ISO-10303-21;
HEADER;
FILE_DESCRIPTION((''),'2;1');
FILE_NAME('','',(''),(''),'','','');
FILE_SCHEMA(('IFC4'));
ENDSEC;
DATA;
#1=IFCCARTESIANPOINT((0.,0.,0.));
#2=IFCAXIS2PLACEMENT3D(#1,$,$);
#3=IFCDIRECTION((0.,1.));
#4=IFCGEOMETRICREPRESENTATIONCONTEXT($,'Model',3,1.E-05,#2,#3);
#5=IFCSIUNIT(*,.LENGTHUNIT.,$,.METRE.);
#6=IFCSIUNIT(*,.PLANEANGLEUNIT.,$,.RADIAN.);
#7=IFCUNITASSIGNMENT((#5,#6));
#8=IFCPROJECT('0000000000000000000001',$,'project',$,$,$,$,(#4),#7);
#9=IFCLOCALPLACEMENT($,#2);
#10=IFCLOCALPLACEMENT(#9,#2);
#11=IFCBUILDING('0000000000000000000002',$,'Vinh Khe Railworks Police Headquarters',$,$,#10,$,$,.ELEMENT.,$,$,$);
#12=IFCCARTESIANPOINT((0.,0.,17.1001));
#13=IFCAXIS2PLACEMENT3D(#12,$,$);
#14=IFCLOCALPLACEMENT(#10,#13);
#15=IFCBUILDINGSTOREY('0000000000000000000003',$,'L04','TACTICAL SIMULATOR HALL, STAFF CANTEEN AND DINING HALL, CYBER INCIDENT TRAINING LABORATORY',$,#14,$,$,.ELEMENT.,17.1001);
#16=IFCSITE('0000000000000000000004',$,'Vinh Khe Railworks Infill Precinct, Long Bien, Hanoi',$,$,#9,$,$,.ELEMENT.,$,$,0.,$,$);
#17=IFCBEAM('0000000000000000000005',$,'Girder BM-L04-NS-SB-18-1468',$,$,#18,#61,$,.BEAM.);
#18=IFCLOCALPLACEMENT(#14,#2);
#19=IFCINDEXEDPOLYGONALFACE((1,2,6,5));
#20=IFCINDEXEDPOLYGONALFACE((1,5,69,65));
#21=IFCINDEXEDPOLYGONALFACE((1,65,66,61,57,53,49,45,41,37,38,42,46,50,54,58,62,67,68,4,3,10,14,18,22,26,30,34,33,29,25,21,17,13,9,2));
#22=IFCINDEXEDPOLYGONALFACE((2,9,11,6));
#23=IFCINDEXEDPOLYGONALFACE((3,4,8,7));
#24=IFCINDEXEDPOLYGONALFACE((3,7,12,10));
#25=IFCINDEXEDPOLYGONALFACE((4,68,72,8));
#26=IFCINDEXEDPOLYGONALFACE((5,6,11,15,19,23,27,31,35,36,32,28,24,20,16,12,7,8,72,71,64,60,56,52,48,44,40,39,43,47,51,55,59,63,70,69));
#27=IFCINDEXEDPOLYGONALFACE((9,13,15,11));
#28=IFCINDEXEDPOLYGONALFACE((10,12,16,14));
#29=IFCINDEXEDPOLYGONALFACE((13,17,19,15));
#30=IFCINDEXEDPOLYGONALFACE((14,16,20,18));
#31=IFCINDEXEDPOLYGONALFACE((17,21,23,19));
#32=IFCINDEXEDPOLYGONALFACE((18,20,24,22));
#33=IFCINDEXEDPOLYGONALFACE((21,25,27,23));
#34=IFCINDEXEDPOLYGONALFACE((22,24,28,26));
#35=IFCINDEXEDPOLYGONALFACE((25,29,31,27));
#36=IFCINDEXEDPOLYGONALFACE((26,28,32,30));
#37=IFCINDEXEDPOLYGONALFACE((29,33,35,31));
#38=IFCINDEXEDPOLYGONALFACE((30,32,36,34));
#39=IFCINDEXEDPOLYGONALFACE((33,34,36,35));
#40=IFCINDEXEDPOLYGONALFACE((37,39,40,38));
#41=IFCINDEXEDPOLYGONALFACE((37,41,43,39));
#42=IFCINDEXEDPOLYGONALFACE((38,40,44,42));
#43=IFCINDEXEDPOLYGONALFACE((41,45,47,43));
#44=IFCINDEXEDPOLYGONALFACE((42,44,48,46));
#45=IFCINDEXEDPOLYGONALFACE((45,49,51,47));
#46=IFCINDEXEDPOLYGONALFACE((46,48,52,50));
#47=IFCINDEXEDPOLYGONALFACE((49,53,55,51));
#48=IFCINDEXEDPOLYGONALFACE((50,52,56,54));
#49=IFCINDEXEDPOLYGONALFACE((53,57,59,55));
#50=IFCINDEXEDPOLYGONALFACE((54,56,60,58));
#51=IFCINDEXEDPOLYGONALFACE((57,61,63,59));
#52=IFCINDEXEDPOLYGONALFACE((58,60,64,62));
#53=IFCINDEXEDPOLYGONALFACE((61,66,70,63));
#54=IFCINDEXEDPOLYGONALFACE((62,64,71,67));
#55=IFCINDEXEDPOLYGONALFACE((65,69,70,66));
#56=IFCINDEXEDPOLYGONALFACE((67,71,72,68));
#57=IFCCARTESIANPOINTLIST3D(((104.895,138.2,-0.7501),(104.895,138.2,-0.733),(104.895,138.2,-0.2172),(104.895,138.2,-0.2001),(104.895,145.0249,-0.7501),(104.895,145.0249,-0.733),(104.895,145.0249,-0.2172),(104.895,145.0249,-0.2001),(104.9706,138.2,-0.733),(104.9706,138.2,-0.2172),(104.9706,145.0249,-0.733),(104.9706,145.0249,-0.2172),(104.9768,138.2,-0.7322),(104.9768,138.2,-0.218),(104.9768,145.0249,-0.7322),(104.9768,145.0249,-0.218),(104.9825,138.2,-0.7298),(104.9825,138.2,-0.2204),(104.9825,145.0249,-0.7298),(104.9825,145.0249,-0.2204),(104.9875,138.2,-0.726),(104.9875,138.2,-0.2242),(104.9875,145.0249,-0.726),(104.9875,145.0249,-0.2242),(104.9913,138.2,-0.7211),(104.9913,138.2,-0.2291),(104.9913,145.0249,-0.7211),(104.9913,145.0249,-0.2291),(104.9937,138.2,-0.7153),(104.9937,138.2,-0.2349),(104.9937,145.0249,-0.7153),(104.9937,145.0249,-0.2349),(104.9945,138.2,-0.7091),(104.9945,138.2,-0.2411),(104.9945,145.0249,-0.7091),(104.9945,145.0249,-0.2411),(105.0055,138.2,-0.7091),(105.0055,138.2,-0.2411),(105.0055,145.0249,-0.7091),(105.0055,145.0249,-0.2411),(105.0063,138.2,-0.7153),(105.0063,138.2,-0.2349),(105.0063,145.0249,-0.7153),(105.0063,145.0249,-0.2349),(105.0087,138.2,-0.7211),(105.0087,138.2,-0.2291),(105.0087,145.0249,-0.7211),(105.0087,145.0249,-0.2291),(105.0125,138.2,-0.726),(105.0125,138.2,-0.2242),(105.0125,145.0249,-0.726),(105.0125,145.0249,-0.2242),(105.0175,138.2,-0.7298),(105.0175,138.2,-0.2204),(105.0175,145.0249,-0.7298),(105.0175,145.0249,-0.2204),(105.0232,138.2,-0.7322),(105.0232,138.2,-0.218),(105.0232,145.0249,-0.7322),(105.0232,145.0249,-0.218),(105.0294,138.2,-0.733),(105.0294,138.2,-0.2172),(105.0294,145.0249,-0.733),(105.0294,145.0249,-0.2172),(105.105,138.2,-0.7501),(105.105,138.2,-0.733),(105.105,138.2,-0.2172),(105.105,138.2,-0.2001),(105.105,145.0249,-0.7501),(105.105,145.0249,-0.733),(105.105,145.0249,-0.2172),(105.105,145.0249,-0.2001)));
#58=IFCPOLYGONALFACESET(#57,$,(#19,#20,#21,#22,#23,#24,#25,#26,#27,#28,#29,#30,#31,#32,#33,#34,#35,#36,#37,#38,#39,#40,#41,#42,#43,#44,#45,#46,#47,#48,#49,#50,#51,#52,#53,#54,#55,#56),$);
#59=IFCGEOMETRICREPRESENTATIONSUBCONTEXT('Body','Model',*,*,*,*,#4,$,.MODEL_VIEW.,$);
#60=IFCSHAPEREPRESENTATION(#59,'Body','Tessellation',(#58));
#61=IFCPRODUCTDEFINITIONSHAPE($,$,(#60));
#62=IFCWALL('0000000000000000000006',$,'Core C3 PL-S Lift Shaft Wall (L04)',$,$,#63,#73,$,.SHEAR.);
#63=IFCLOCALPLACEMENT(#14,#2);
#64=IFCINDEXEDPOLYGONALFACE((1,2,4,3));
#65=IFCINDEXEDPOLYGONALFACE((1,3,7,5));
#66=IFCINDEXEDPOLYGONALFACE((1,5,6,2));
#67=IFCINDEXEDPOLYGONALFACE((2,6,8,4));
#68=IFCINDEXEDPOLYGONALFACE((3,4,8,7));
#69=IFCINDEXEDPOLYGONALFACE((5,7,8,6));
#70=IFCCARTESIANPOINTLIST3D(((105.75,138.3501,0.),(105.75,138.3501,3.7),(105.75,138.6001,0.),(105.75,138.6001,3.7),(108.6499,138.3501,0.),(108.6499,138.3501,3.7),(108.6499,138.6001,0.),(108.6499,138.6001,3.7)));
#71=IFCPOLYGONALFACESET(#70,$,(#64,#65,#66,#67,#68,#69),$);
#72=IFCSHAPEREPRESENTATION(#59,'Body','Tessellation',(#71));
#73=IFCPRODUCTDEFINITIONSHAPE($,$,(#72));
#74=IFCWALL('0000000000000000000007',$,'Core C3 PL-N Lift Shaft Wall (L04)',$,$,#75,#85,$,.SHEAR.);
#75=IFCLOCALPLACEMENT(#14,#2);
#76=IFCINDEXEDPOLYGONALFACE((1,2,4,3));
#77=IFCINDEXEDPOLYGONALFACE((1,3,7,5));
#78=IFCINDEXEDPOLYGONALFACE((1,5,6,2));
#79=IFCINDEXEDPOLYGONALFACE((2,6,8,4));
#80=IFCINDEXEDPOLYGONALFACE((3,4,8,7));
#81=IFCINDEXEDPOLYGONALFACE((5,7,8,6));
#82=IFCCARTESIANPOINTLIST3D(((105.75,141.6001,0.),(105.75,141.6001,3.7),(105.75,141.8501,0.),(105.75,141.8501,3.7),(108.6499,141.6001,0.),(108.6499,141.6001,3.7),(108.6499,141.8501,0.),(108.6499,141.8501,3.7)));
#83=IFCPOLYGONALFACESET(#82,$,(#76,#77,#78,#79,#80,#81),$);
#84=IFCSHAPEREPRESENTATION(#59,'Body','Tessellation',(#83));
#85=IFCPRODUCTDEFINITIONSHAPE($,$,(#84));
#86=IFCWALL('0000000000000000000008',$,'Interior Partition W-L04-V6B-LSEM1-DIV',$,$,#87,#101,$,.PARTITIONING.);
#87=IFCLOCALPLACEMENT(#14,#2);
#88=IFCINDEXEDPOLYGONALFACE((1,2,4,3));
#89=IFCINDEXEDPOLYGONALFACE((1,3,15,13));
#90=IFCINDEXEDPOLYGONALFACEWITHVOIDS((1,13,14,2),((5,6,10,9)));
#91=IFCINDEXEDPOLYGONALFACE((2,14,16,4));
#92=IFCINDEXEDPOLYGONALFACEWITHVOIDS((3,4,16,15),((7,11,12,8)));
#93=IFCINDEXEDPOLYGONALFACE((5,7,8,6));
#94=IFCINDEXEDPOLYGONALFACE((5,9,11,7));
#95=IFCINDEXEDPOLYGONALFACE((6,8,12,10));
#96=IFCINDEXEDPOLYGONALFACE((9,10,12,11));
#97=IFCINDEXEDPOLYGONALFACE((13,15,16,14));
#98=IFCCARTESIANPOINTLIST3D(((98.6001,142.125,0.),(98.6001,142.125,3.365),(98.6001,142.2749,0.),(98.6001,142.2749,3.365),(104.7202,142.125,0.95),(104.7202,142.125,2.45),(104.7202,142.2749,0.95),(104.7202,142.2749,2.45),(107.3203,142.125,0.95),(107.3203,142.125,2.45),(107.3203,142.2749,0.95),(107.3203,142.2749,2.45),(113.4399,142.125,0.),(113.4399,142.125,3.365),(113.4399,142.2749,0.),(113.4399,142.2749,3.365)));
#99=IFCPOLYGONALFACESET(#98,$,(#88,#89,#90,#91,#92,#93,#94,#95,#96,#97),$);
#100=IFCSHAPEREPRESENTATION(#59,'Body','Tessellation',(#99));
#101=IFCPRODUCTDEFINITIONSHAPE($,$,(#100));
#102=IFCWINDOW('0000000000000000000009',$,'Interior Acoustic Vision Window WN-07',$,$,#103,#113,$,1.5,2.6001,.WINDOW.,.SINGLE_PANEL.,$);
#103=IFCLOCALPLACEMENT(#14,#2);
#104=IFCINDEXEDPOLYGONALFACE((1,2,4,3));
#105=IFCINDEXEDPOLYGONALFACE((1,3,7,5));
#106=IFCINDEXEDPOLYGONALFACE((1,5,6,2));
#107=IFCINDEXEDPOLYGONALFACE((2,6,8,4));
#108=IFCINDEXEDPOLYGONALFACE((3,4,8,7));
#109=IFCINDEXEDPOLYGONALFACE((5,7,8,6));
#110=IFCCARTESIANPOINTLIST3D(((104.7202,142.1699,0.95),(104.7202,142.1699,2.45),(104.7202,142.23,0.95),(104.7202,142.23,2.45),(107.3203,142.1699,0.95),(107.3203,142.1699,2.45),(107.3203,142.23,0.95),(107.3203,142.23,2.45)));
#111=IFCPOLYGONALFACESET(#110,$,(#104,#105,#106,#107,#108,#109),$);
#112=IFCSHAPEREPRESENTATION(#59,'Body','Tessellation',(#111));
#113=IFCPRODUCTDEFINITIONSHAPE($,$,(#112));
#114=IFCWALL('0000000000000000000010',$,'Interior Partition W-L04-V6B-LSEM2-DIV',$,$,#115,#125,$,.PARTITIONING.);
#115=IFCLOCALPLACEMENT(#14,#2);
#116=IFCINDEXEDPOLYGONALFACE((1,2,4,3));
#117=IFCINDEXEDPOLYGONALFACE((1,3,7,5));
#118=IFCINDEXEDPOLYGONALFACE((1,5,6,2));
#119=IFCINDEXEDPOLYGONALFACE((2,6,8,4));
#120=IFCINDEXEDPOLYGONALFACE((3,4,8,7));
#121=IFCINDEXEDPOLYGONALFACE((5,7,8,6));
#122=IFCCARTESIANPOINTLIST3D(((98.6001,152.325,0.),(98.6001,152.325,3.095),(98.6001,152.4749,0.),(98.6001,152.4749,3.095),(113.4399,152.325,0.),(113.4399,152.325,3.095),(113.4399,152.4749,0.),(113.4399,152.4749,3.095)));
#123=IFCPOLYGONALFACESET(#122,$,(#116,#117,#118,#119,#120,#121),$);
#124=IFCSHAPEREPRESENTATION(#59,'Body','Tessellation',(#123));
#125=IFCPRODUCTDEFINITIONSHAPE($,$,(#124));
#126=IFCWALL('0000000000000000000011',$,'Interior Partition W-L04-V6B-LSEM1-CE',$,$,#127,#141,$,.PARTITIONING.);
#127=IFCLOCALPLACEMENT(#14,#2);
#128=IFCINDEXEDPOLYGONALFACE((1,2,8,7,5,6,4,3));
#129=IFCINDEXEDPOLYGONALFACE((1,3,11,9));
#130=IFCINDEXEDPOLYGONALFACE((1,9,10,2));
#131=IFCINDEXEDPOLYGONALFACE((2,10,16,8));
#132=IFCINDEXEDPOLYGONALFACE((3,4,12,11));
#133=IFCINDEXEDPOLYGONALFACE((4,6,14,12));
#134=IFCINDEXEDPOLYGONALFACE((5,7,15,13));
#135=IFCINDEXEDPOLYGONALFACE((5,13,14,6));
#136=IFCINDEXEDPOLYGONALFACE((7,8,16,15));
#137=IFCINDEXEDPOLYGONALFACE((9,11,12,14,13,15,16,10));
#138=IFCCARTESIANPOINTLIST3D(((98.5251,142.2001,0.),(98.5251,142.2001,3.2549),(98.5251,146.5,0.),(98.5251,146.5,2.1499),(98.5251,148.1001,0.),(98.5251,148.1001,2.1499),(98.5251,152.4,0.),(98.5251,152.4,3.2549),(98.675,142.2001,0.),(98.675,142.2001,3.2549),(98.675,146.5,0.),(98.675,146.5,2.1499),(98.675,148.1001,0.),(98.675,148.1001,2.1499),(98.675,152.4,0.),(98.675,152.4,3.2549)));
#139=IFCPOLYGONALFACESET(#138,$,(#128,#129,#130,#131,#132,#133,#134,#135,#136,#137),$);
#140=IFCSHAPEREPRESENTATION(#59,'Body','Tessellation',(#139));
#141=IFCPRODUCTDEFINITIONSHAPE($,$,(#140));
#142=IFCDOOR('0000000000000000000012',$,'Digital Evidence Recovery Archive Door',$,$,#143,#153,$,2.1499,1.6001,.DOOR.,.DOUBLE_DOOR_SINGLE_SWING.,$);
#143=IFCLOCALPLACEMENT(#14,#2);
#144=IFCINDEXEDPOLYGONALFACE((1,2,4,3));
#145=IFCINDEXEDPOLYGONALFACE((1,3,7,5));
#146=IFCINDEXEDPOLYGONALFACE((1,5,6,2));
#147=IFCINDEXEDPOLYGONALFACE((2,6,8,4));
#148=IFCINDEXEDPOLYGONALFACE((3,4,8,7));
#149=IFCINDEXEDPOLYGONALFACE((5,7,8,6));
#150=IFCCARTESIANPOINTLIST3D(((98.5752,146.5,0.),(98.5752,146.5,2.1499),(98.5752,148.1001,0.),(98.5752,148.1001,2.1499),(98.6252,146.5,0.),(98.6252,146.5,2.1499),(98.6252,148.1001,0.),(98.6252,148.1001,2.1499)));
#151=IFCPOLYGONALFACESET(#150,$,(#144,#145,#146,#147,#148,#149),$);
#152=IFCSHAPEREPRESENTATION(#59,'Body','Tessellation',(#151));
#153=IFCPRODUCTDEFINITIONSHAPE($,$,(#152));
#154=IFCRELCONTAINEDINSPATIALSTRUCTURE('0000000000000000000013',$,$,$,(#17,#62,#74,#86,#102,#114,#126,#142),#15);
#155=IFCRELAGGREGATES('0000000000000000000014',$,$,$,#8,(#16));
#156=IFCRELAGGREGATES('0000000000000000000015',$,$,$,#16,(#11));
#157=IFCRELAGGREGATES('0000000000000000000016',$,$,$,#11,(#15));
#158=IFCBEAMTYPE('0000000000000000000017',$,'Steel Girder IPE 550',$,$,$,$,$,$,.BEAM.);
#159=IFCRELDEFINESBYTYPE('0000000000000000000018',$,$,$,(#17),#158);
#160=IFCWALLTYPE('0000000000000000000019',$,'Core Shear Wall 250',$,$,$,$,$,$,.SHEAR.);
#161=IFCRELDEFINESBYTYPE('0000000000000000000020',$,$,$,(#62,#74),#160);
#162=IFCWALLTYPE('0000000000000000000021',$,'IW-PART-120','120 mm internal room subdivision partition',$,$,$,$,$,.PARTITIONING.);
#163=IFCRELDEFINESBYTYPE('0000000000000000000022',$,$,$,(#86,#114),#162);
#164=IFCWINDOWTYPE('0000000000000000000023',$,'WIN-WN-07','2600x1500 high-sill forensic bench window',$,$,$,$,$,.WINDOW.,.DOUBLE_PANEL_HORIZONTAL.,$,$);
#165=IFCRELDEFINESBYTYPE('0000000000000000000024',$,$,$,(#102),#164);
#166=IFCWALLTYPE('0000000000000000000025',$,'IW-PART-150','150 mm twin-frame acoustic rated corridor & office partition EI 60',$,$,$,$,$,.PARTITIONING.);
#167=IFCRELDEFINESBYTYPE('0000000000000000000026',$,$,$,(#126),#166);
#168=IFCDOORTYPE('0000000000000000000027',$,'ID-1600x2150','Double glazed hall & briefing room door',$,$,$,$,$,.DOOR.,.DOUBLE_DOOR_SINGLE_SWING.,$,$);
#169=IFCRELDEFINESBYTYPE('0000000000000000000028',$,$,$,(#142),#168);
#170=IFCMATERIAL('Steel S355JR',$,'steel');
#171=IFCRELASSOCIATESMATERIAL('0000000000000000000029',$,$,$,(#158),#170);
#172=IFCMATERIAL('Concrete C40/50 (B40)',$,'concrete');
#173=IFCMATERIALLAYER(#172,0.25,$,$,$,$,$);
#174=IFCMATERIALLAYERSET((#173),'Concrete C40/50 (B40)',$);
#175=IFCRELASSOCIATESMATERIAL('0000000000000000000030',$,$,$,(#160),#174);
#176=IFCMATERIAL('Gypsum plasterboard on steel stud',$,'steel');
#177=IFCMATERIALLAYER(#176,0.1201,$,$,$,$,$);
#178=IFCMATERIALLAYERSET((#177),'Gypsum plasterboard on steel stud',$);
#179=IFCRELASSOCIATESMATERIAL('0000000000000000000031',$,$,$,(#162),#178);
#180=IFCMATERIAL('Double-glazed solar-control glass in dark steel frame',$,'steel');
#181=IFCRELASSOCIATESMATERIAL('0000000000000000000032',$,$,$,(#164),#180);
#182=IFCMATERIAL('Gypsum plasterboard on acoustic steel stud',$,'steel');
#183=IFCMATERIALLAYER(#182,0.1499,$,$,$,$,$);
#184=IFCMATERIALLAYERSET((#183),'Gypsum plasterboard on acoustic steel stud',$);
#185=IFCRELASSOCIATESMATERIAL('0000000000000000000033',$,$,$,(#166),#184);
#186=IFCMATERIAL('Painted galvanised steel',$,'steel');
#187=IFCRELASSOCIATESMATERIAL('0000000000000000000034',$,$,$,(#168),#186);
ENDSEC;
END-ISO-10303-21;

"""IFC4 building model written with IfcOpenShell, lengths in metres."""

from ifc_helpers import new_model, si_unit, direction, frame, frame_2d, origin, origin_2d, place, context, subcontext, project, spatial, rectangle, i_section, extrude, material, layer, layer_set, material_profile, profile_set, type_object, element, fill, save


model = new_model("IFC4")

# Units and contexts
model_context = context("Model", 3, precision=1e-05, world=origin(), true_north=direction((0.0, 1.0)))
body_context = subcontext(model_context, "Body", "Model", "MODEL_VIEW")
ifc_project = project(units=[si_unit("LENGTHUNIT", "METRE"), si_unit("PLANEANGLEUNIT", "RADIAN")], contexts=[model_context])

# Site, building, storey
site_placement = place(None, origin())
site = spatial("IfcSite", under=ifc_project, at=site_placement, Name="Vinh Khe Railworks Infill Precinct, Long Bien, Hanoi", CompositionType="ELEMENT", RefElevation=0.0)
building_placement = place(site_placement, origin())
building = spatial("IfcBuilding", under=site, at=building_placement, Name="Vinh Khe Railworks Police Headquarters", CompositionType="ELEMENT")
storey_placement = place(building_placement, frame((0.0, 0.0, 17.1001)))
storey = spatial("IfcBuildingStorey", under=building, at=storey_placement, Name="L04", Description="TACTICAL SIMULATOR HALL, STAFF CANTEEN AND DINING HALL, CYBER INCIDENT TRAINING LABORATORY", CompositionType="ELEMENT", Elevation=17.1001)

# Shared definitions
ifc_material_1 = material(Name="Steel S355JR", Category="steel")

# Beam
ifc_material_profile_1 = material_profile(ifc_material_1, i_section(OverallWidth=0.21, OverallDepth=0.55, WebThickness=0.011, FlangeThickness=0.0171, FilletRadius=0.0239, at=origin_2d()), Name="IPE 550")
ifc_profile_set_1 = profile_set([ifc_material_profile_1], Name="Steel S355JR")
beam_type_1 = type_object("IfcBeamType", Name="Steel Girder IPE 550", PredefinedType="BEAM", material=ifc_profile_set_1)
beam_1_placement = place(storey_placement, frame((105.0, 138.2, -0.4751), z_axis=(0.0, 1.0, 0.0), x_axis=(-1.0, 0.0, 0.0)))
element("IfcBeam", 1, at=beam_1_placement, inside=storey, type_object=beam_type_1, Name="Girder BM-L04-NS-SB-18-1468", PredefinedType="BEAM", context=body_context, shape_type="SweptSolid", body=[
    extrude(i_section(OverallWidth=0.21, OverallDepth=0.55, WebThickness=0.011, FlangeThickness=0.0171, FilletRadius=0.0239, at=origin_2d()), origin(), (0.0, 0.0, 1.0), 6.825),
])

# Walls
ifc_material_2 = material(Name="Concrete C40/50 (B40)", Category="concrete")
ifc_layer_1 = layer(ifc_material_2, 0.25)
ifc_layer_set_1 = layer_set([ifc_layer_1], Name="Concrete C40/50 (B40)")
wall_type_1 = type_object("IfcWallType", Name="Core Shear Wall 250", PredefinedType="SHEAR", material=ifc_layer_set_1)
for number, where, z_axis, x_axis, name in (
    (2, (105.75, 138.4751, 0.0), (0.0, 0.0, 1.0), (1.0, 0.0, 0.0), "Core C3 PL-S Lift Shaft Wall (L04)"),
    (3, (105.75, 141.7251, 0.0), (0.0, 0.0, 1.0), (1.0, 0.0, 0.0), "Core C3 PL-N Lift Shaft Wall (L04)"),
):
    element("IfcWall", number, at=place(storey_placement, frame(where, z_axis=z_axis, x_axis=x_axis)), inside=storey, type_object=wall_type_1, Name=name, PredefinedType="SHEAR", context=body_context, shape_type="SweptSolid", body=[
        extrude(rectangle(XDim=2.8999, YDim=0.25, at=frame_2d((1.45, 0.0))), origin(), (0.0, 0.0, 1.0), 3.7),
    ])

# Wall, opening, window
ifc_material_3 = material(Name="Gypsum plasterboard on steel stud", Category="steel")
ifc_layer_2 = layer(ifc_material_3, 0.1201)
ifc_layer_set_2 = layer_set([ifc_layer_2], Name="Gypsum plasterboard on steel stud")
wall_type_2 = type_object("IfcWallType", Name="IW-PART-120", Description="120 mm internal room subdivision partition", PredefinedType="PARTITIONING", material=ifc_layer_set_2)
wall_1_placement = place(storey_placement, frame((98.6001, 142.2, 0.0), z_axis=(0.0, 0.0, 1.0), x_axis=(1.0, 0.0, 0.0)))
wall_1 = element("IfcWall", 4, at=wall_1_placement, inside=storey, type_object=wall_type_2, Name="Interior Partition W-L04-V6B-LSEM1-DIV", PredefinedType="PARTITIONING", context=body_context, shape_type="SweptSolid", body=[
    extrude(rectangle(XDim=14.8398, YDim=0.1499, at=frame_2d((7.4199, 0.0))), origin(), (0.0, 0.0, 1.0), 3.365),
])
opening_1_placement = place(wall_1_placement, frame((6.1201, 0.0, 0.95)))
opening_1 = element("IfcOpeningElement", 5, at=opening_1_placement, cuts=wall_1, PredefinedType="OPENING", context=body_context, shape_type="SweptSolid", body=[
    extrude(rectangle(XDim=2.6001, YDim=1.5, at=frame_2d((1.3, 0.75))), frame((0.0, 0.0898, 0.0), z_axis=(0.0, -1.0, 0.0), x_axis=(1.0, 0.0, 0.0)), (0.0, 0.0, 1.0), 0.1797),
])
ifc_material_4 = material(Name="Double-glazed solar-control glass in dark steel frame", Category="steel")
window_type = type_object("IfcWindowType", Name="WIN-WN-07", Description="2600x1500 high-sill forensic bench window", PartitioningType="DOUBLE_PANEL_HORIZONTAL", PredefinedType="WINDOW", material=ifc_material_4)
window_placement = place(opening_1_placement, origin())
window = element("IfcWindow", 6, at=window_placement, inside=storey, type_object=window_type, Name="Interior Acoustic Vision Window WN-07", OverallHeight=1.5, OverallWidth=2.6001, PartitioningType="SINGLE_PANEL", PredefinedType="WINDOW", context=body_context, shape_type="SweptSolid", body=[
    extrude(rectangle(XDim=2.6001, YDim=1.5, at=frame_2d((1.3, 0.75))), frame((0.0, 0.03, 0.0), z_axis=(0.0, -1.0, 0.0), x_axis=(1.0, 0.0, 0.0)), (0.0, 0.0, 1.0), 0.0601),
])
fill(opening_1, window)

# Wall
wall_2_placement = place(storey_placement, frame((98.6001, 152.3999, 0.0), z_axis=(0.0, 0.0, 1.0), x_axis=(1.0, 0.0, 0.0)))
element("IfcWall", 7, at=wall_2_placement, inside=storey, type_object=wall_type_2, Name="Interior Partition W-L04-V6B-LSEM2-DIV", PredefinedType="PARTITIONING", context=body_context, shape_type="SweptSolid", body=[
    extrude(rectangle(XDim=14.8398, YDim=0.1499, at=frame_2d((7.4199, 0.0))), origin(), (0.0, 0.0, 1.0), 3.095),
])

# Wall, opening, door
ifc_material_5 = material(Name="Gypsum plasterboard on acoustic steel stud", Category="steel")
ifc_layer_3 = layer(ifc_material_5, 0.1499)
ifc_layer_set_3 = layer_set([ifc_layer_3], Name="Gypsum plasterboard on acoustic steel stud")
wall_type_3 = type_object("IfcWallType", Name="IW-PART-150", Description="150 mm twin-frame acoustic rated corridor & office partition EI 60", PredefinedType="PARTITIONING", material=ifc_layer_set_3)
wall_3_placement = place(storey_placement, frame((98.6001, 142.2, 0.0), z_axis=(0.0, 0.0, 1.0), x_axis=(0.0, 1.0, 0.0)))
wall_3 = element("IfcWall", 8, at=wall_3_placement, inside=storey, type_object=wall_type_3, Name="Interior Partition W-L04-V6B-LSEM1-CE", PredefinedType="PARTITIONING", context=body_context, shape_type="SweptSolid", body=[
    extrude(rectangle(XDim=10.2, YDim=0.1499, at=frame_2d((5.1001, 0.0))), origin(), (0.0, 0.0, 1.0), 3.2549),
])
opening_2_placement = place(wall_3_placement, frame((4.3, 0.0, 0.0)))
opening_2 = element("IfcOpeningElement", 9, at=opening_2_placement, cuts=wall_3, PredefinedType="OPENING", context=body_context, shape_type="SweptSolid", body=[
    extrude(rectangle(XDim=1.6001, YDim=2.1499, at=frame_2d((0.8, 1.075))), frame((0.0, 0.0898, 0.0), z_axis=(0.0, -1.0, 0.0), x_axis=(1.0, 0.0, 0.0)), (0.0, 0.0, 1.0), 0.1797),
])
ifc_material_6 = material(Name="Painted galvanised steel", Category="steel")
door_type = type_object("IfcDoorType", Name="ID-1600x2150", Description="Double glazed hall & briefing room door", OperationType="DOUBLE_DOOR_SINGLE_SWING", PredefinedType="DOOR", material=ifc_material_6)
door_1_placement = place(opening_2_placement, origin())
door_1 = element("IfcDoor", 10, at=door_1_placement, inside=storey, type_object=door_type, Name="Digital Evidence Recovery Archive Door", OperationType="DOUBLE_DOOR_SINGLE_SWING", OverallHeight=2.1499, OverallWidth=1.6001, PredefinedType="DOOR", context=body_context, shape_type="SweptSolid", body=[
    extrude(rectangle(XDim=1.6001, YDim=2.1499, at=frame_2d((0.8, 1.075))), frame((0.0, 0.0249, 0.0), z_axis=(0.0, -1.0, 0.0), x_axis=(1.0, 0.0, 0.0)), (0.0, 0.0, 1.0), 0.05),
])
fill(opening_2, door_1)

save(model, "model.ifc")
